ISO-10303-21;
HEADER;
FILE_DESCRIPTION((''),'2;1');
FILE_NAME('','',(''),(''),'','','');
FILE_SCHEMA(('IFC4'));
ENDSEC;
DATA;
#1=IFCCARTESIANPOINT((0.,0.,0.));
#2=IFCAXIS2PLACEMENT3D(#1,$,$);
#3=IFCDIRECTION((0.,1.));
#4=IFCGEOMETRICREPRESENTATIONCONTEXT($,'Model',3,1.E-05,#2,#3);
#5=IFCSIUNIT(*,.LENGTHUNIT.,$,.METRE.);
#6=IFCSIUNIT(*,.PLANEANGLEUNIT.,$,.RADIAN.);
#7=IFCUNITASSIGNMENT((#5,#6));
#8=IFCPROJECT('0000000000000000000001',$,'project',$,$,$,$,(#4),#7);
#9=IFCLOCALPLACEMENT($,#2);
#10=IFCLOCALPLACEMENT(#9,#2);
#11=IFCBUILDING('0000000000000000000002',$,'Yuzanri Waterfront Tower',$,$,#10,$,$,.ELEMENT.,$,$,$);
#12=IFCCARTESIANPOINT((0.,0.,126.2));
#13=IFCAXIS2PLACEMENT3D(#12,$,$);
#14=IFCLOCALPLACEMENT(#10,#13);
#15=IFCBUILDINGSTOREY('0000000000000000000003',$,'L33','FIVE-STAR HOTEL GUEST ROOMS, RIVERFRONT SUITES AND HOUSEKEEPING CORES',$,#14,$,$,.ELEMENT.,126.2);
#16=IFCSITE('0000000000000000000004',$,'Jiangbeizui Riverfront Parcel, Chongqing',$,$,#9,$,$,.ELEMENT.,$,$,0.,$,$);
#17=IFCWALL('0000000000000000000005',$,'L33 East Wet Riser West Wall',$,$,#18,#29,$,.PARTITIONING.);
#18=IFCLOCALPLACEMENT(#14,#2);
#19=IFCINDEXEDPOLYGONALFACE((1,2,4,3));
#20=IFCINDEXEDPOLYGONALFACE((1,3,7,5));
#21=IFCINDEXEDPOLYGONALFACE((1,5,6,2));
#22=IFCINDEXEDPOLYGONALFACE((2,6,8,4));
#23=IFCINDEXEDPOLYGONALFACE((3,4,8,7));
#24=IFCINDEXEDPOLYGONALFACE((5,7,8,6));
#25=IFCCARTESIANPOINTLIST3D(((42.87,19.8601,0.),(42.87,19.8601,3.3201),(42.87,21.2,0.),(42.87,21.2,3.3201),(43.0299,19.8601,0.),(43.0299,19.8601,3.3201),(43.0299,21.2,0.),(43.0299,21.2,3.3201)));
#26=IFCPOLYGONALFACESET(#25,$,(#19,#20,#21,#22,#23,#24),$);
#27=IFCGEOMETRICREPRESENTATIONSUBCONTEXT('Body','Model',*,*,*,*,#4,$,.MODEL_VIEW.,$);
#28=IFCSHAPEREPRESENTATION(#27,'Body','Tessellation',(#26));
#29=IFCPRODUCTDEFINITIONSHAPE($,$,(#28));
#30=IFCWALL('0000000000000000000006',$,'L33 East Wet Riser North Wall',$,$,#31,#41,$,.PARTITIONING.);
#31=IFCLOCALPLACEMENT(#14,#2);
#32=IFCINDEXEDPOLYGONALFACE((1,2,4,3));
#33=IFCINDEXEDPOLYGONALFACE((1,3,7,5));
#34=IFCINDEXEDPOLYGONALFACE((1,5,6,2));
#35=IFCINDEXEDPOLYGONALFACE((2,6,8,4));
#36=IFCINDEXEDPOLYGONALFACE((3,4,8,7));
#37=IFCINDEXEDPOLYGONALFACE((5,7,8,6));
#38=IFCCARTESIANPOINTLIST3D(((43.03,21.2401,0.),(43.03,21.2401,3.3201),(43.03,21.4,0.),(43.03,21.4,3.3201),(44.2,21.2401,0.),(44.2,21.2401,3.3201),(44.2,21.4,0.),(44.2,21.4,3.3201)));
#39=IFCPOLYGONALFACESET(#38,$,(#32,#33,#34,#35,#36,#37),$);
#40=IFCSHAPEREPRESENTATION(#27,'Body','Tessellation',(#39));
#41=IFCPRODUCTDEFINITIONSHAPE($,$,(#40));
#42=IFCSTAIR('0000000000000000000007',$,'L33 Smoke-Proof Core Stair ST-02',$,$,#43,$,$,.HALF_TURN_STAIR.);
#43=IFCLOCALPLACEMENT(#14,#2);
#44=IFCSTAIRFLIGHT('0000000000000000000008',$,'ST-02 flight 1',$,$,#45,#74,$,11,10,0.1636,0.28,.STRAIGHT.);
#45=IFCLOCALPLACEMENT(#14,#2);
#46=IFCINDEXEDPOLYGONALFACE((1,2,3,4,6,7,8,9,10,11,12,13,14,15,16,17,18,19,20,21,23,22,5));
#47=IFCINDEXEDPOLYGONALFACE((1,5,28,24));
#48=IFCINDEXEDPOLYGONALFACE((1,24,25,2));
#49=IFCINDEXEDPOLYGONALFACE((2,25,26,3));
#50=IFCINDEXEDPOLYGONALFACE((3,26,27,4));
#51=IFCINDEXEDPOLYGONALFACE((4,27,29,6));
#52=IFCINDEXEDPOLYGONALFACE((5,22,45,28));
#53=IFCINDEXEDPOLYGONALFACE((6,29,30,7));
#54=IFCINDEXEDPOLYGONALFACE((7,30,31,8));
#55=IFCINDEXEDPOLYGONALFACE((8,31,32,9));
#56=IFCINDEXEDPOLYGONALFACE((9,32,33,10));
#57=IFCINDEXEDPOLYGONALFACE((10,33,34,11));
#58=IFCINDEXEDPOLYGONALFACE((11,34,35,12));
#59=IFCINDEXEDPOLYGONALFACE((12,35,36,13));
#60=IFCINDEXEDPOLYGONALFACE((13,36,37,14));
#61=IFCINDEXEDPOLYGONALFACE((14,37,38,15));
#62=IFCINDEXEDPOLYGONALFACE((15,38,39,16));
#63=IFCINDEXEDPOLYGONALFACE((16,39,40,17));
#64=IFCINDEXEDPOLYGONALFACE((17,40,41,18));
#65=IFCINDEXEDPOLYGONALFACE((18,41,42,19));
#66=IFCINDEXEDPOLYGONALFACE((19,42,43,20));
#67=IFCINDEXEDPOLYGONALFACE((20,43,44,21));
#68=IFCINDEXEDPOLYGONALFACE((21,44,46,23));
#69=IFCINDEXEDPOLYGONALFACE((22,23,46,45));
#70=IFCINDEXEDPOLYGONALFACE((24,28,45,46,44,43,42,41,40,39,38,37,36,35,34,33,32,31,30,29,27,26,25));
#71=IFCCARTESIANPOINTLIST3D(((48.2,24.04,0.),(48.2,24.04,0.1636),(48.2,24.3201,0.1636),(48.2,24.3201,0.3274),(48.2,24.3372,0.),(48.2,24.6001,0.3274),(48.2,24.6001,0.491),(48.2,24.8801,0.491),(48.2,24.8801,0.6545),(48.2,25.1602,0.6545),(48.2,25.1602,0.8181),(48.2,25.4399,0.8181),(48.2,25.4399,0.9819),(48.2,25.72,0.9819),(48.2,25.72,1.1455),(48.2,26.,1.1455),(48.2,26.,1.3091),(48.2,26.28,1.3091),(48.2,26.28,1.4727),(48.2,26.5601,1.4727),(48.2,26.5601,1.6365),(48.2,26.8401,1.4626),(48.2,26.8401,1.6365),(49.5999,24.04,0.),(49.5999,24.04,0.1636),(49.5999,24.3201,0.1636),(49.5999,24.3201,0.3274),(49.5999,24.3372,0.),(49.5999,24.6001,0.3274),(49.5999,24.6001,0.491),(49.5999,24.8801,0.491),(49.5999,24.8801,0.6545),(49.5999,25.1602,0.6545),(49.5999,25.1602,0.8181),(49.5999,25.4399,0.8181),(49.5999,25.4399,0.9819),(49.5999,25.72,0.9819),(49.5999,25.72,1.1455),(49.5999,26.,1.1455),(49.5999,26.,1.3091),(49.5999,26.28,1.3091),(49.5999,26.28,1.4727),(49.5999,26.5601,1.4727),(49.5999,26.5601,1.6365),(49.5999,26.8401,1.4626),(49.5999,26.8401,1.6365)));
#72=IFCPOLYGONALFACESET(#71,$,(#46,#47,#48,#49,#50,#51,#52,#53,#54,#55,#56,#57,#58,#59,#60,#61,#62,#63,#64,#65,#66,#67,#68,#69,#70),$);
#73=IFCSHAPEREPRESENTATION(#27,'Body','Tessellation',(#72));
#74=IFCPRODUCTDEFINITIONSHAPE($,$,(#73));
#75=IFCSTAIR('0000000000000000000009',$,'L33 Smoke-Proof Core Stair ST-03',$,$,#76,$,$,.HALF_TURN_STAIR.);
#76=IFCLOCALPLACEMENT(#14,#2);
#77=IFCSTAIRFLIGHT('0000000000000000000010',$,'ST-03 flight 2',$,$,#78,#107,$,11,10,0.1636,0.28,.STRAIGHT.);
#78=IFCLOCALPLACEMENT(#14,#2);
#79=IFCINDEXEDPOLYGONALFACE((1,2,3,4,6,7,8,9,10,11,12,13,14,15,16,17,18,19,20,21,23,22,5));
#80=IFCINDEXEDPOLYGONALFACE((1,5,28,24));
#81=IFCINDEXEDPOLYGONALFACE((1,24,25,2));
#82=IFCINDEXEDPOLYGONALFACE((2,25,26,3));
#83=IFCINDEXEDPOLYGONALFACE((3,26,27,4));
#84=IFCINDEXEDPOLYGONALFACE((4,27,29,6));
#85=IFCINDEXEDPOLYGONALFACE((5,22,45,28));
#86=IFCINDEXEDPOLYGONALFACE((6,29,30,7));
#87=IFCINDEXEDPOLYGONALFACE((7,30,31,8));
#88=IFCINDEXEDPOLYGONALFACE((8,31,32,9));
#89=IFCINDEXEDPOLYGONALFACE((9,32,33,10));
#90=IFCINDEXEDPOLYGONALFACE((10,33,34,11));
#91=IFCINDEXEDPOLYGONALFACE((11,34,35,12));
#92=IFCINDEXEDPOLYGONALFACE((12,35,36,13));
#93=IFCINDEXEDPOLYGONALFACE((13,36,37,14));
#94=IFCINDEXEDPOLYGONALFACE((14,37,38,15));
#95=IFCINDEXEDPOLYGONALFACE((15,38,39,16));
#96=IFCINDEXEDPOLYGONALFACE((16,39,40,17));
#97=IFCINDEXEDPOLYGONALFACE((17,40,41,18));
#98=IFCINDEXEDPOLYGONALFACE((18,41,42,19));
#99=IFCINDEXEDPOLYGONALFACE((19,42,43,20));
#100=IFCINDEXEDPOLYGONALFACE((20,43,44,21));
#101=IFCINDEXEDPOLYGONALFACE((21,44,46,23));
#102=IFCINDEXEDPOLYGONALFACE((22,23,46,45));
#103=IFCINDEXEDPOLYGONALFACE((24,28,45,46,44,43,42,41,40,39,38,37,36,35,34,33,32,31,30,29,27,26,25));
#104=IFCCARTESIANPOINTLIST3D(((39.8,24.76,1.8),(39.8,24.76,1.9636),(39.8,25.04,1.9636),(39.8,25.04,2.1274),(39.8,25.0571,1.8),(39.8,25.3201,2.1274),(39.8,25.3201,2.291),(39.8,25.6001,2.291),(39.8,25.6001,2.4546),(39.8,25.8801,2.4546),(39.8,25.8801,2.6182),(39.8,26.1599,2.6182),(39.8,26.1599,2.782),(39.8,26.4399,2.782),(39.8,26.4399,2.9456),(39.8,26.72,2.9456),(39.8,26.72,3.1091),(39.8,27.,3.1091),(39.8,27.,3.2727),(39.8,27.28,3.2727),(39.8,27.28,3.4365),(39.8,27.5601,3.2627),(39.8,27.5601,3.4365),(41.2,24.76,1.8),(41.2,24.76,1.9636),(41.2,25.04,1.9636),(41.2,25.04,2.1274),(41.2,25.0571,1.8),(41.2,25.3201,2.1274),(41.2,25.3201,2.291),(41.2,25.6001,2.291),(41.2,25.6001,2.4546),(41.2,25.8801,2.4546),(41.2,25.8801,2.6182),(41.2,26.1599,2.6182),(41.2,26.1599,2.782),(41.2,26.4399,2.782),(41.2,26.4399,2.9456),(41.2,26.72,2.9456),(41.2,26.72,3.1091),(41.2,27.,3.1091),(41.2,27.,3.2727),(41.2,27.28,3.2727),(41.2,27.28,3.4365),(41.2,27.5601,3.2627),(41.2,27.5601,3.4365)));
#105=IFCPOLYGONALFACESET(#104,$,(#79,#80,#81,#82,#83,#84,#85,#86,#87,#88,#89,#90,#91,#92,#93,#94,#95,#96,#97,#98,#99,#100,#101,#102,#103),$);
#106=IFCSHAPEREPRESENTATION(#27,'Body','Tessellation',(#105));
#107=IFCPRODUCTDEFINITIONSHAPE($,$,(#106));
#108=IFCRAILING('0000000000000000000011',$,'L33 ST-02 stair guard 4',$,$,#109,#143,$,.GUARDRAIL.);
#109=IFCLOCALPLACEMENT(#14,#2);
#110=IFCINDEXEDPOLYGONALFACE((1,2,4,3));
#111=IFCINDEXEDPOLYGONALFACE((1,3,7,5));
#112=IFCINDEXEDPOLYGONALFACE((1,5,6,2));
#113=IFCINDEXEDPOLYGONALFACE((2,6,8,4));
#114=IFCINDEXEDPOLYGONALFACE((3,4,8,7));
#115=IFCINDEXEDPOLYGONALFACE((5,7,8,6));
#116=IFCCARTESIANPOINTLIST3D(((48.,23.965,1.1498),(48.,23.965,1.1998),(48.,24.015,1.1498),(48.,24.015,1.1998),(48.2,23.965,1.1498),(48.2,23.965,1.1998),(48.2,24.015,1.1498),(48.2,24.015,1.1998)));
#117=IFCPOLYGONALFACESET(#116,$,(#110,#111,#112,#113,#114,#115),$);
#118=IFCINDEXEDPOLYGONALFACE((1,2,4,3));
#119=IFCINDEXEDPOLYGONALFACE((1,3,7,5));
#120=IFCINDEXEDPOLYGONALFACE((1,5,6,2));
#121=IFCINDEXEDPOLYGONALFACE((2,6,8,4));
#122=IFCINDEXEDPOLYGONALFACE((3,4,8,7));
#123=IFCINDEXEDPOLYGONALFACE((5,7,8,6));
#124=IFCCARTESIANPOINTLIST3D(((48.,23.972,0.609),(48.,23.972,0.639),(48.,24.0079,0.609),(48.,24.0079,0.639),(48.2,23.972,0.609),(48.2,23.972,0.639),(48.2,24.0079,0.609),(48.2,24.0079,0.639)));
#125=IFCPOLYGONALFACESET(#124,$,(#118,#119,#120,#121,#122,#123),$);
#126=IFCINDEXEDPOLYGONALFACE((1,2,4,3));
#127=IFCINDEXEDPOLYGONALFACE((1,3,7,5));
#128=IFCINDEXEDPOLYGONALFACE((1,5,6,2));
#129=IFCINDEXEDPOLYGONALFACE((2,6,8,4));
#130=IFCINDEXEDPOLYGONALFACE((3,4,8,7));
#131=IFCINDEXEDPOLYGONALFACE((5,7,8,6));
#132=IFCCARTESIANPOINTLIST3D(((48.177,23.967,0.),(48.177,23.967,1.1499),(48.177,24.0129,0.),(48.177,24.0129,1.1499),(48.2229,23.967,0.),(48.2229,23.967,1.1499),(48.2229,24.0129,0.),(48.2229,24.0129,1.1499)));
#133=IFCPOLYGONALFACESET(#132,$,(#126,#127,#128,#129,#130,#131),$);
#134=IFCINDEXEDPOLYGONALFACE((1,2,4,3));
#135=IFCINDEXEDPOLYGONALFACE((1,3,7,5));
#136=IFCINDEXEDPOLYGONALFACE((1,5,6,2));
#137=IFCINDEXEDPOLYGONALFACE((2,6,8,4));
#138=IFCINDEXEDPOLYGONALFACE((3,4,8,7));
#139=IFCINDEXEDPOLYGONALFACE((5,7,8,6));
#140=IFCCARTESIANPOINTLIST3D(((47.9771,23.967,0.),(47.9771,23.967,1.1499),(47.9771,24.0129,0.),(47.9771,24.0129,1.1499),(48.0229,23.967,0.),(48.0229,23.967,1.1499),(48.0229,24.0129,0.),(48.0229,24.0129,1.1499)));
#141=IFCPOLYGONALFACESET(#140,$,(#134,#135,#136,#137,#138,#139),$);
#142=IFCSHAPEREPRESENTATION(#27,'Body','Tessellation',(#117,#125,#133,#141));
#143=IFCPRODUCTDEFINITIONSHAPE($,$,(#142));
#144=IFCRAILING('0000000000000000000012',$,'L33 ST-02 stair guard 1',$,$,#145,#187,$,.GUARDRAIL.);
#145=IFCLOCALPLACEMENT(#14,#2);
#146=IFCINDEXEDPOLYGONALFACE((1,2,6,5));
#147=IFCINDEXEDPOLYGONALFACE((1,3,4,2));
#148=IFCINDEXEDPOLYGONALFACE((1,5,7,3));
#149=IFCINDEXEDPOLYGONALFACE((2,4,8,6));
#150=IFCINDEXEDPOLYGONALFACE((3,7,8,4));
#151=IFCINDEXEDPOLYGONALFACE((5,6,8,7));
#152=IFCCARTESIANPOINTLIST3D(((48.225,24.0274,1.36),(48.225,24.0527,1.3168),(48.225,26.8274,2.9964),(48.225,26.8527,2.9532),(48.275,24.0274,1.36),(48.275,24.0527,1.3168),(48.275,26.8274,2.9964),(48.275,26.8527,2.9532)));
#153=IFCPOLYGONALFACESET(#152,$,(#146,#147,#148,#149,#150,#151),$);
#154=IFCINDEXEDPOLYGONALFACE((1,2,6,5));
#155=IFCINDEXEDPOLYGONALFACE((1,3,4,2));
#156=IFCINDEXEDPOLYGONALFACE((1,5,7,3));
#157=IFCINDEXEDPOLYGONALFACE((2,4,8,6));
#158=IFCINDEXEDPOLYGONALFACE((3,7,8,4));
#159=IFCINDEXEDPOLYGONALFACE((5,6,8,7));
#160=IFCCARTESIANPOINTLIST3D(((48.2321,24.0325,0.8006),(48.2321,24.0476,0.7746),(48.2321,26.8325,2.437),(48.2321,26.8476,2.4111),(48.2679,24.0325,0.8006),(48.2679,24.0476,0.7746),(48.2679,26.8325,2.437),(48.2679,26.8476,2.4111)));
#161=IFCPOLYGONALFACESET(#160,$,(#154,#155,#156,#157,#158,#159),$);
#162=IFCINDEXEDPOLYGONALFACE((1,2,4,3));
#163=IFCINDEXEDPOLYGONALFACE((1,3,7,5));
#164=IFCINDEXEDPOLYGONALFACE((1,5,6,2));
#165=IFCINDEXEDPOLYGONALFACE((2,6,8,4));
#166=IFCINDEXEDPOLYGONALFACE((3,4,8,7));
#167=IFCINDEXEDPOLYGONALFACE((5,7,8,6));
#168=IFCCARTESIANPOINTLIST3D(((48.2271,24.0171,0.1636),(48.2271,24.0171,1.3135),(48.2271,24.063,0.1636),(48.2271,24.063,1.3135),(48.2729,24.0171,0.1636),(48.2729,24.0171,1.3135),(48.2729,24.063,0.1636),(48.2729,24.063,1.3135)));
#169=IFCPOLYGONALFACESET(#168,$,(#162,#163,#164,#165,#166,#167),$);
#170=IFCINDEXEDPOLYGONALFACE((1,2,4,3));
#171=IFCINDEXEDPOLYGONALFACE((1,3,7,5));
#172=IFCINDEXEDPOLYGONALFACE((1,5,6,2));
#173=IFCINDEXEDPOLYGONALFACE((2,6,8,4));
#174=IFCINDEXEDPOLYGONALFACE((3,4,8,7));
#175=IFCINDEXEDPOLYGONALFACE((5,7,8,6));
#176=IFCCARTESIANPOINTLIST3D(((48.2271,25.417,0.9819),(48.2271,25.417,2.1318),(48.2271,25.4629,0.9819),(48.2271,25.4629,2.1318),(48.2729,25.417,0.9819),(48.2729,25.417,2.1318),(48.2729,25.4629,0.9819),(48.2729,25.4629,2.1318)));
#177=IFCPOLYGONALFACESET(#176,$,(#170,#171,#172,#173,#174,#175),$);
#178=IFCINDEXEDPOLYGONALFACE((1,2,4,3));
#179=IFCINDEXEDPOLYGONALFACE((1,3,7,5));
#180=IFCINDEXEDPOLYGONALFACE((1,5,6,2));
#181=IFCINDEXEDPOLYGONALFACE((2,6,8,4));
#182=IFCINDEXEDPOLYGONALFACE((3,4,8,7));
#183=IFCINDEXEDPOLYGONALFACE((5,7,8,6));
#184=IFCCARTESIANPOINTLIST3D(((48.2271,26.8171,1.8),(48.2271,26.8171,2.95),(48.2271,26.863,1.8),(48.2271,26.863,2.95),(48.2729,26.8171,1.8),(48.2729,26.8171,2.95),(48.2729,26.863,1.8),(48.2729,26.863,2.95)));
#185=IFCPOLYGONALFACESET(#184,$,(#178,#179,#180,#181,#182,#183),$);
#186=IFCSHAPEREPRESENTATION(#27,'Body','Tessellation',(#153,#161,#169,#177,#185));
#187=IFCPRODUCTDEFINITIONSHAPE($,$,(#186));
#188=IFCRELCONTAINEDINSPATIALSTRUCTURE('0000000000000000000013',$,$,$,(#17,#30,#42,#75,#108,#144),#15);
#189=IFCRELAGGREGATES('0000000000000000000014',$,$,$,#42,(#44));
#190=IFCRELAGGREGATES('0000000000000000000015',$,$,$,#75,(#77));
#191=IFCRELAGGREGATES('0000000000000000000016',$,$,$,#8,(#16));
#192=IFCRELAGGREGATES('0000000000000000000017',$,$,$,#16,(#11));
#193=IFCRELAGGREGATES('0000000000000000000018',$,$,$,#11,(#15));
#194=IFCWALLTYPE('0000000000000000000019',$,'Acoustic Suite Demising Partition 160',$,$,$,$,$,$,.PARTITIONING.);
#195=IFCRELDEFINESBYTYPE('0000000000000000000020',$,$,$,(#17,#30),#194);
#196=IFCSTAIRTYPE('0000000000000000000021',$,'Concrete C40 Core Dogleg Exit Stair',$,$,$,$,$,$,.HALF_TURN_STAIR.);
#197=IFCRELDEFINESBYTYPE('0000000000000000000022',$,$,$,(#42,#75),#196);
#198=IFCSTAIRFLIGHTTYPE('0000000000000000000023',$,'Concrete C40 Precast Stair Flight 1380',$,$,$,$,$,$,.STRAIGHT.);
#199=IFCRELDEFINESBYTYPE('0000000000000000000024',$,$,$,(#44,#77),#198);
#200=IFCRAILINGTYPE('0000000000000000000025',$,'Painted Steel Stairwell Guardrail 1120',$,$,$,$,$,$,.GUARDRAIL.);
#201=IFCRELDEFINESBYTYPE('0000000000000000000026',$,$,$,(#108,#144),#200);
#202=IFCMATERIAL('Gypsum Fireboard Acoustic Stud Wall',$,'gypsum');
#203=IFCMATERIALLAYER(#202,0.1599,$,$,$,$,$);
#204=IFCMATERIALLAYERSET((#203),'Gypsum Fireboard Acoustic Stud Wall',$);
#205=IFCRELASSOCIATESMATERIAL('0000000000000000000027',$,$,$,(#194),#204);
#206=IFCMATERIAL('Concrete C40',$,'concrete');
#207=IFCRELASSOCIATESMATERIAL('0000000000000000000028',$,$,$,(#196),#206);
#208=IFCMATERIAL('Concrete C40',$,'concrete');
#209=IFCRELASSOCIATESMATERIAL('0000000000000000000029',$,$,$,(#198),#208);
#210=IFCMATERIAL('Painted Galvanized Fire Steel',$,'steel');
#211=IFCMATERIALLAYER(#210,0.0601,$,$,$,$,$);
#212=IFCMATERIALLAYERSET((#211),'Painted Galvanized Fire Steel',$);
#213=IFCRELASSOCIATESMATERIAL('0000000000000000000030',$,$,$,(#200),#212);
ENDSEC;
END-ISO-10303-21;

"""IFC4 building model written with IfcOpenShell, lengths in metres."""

from ifc_helpers import new_model, si_unit, direction, frame, frame_2d, origin, origin_2d, place, context, subcontext, project, spatial, polyline, rectangle, outline, extrude, source, transform, mapped, material, layer, layer_set, type_object, element, aggregate, save


model = new_model("IFC4")

# Units and contexts
model_context = context("Model", 3, precision=1e-05, world=origin(), true_north=direction((0.0, 1.0)))
body_context = subcontext(model_context, "Body", "Model", "MODEL_VIEW")
ifc_project = project(units=[si_unit("LENGTHUNIT", "METRE"), si_unit("PLANEANGLEUNIT", "RADIAN")], contexts=[model_context])

# Site, building, storey
site_placement = place(None, origin())
site = spatial("IfcSite", under=ifc_project, at=site_placement, Name="Jiangbeizui Riverfront Parcel, Chongqing", CompositionType="ELEMENT", RefElevation=0.0)
building_placement = place(site_placement, origin())
building = spatial("IfcBuilding", under=site, at=building_placement, Name="Yuzanri Waterfront Tower", CompositionType="ELEMENT")
storey_placement = place(building_placement, frame((0.0, 0.0, 126.2)))
storey = spatial("IfcBuildingStorey", under=building, at=storey_placement, Name="L33", Description="FIVE-STAR HOTEL GUEST ROOMS, RIVERFRONT SUITES AND HOUSEKEEPING CORES", CompositionType="ELEMENT", Elevation=126.2)

# Walls
ifc_material_1 = material(Name="Gypsum Fireboard Acoustic Stud Wall", Category="gypsum")
ifc_layer_1 = layer(ifc_material_1, 0.1599)
ifc_layer_set_1 = layer_set([ifc_layer_1], Name="Gypsum Fireboard Acoustic Stud Wall")
wall_type_1 = type_object("IfcWallType", Name="Acoustic Suite Demising Partition 160", PredefinedType="PARTITIONING", material=ifc_layer_set_1)
shared_shape_1 = source(origin(), body_context, "Body", "SweptSolid", [
    extrude(rectangle(XDim=1.3398, YDim=0.1599, at=frame_2d((0.6699, 0.0))), origin(), (0.0, 0.0, 1.0), 3.3201),
])
wall_1_placement = place(storey_placement, frame((42.95, 19.8601, 0.0), z_axis=(0.0, 0.0, 1.0), x_axis=(0.0, 1.0, 0.0)))
element("IfcWall", 1, at=wall_1_placement, inside=storey, type_object=wall_type_1, Name="L33 East Wet Riser West Wall", PredefinedType="PARTITIONING", context=body_context, shape_type="MappedRepresentation", body=[
    mapped(shared_shape_1, transform((0.0, 0.0, 0.0), scale=1.0)),
])
shared_shape_2 = source(origin(), body_context, "Body", "SweptSolid", [
    extrude(rectangle(XDim=1.1699, YDim=0.1599, at=frame_2d((0.585, 0.0))), origin(), (0.0, 0.0, 1.0), 3.3201),
])
wall_2_placement = place(storey_placement, frame((43.03, 21.3201, 0.0), z_axis=(0.0, 0.0, 1.0), x_axis=(1.0, 0.0, 0.0)))
element("IfcWall", 2, at=wall_2_placement, inside=storey, type_object=wall_type_1, Name="L33 East Wet Riser North Wall", PredefinedType="PARTITIONING", context=body_context, shape_type="MappedRepresentation", body=[
    mapped(shared_shape_2, transform((0.0, 0.0, 0.0), scale=1.0)),
])

# Stairs, stair flights
ifc_material_2 = material(Name="Concrete C40", Category="concrete")
stair_type = type_object("IfcStairType", Name="Concrete C40 Core Dogleg Exit Stair", PredefinedType="HALF_TURN_STAIR", material=ifc_material_2)
stair_1_placement = place(storey_placement, origin())
stair_1 = element("IfcStair", 3, at=stair_1_placement, inside=storey, type_object=stair_type, Name="L33 Smoke-Proof Core Stair ST-02", PredefinedType="HALF_TURN_STAIR")
ifc_material_3 = material(Name="Concrete C40", Category="concrete")
stair_flight_type = type_object("IfcStairFlightType", Name="Concrete C40 Precast Stair Flight 1380", PredefinedType="STRAIGHT", material=ifc_material_3)
shared_shape_3 = source(origin(), body_context, "Body", "SweptSolid", [
    extrude(outline(polyline([(0.0, 0.0), (0.0, 0.1636), (0.28, 0.1636), (0.28, 0.3274), (0.5601, 0.3274), (0.5601, 0.491), (0.8401, 0.491), (0.8401, 0.6545), (1.1201, 0.6545), (1.1201, 0.8181), (1.3999, 0.8181), (1.3999, 0.9819), (1.6799, 0.9819), (1.6799, 1.1455), (1.96, 1.1455), (1.96, 1.3091), (2.24, 1.3091), (2.24, 1.4727), (2.52, 1.4727), (2.52, 1.6365), (2.8, 1.6365), (2.8, 1.8), (2.8, 1.4626), (0.2971, 0.0), (0.0, 0.0)])), frame((0.0, 0.7, 0.0), z_axis=(0.0, -1.0, 0.0), x_axis=(1.0, 0.0, 0.0)), (0.0, 0.0, 1.0), 1.3999),
])
stair_flight_1_placement = place(storey_placement, frame((48.8999, 24.04, 0.0), z_axis=(0.0, 0.0, 1.0), x_axis=(0.0, 1.0, 0.0)))
stair_flight_1 = element("IfcStairFlight", 4, at=stair_flight_1_placement, type_object=stair_flight_type, Name="ST-02 flight 1", NumberOfRisers=11, NumberOfTreads=10, PredefinedType="STRAIGHT", RiserHeight=0.1636, TreadLength=0.28, context=body_context, shape_type="MappedRepresentation", body=[
    mapped(shared_shape_3, transform((0.0, 0.0, 0.0), scale=1.0)),
])
aggregate(stair_1, [stair_flight_1])
stair_2_placement = place(storey_placement, origin())
stair_2 = element("IfcStair", 5, at=stair_2_placement, inside=storey, type_object=stair_type, Name="L33 Smoke-Proof Core Stair ST-03", PredefinedType="HALF_TURN_STAIR")
stair_flight_2_placement = place(storey_placement, frame((40.5, 24.76, 1.8), z_axis=(0.0, 0.0, 1.0), x_axis=(0.0, 1.0, 0.0)))
stair_flight_2 = element("IfcStairFlight", 6, at=stair_flight_2_placement, type_object=stair_flight_type, Name="ST-03 flight 2", NumberOfRisers=11, NumberOfTreads=10, PredefinedType="STRAIGHT", RiserHeight=0.1636, TreadLength=0.28, context=body_context, shape_type="MappedRepresentation", body=[
    mapped(shared_shape_3, transform((0.0, 0.0, 0.0), scale=1.0)),
])
aggregate(stair_2, [stair_flight_2])

# Railings
ifc_material_4 = material(Name="Painted Galvanized Fire Steel", Category="steel")
ifc_layer_2 = layer(ifc_material_4, 0.0601)
ifc_layer_set_2 = layer_set([ifc_layer_2], Name="Painted Galvanized Fire Steel")
railing_type_1 = type_object("IfcRailingType", Name="Painted Steel Stairwell Guardrail 1120", PredefinedType="GUARDRAIL", material=ifc_layer_set_2)
shared_shape_4 = source(origin(), body_context, "Body", "SweptSolid", [
    extrude(rectangle(XDim=0.05, YDim=0.05, at=origin_2d()), frame((0.0, 0.0, 1.1748), z_axis=(-1.0, 0.0, 0.0), x_axis=(0.0, -1.0, 0.0)), (0.0, 0.0, 1.0), 0.2),
    extrude(rectangle(XDim=0.0359, YDim=0.03, at=origin_2d()), frame((0.0, 0.0, 0.624), z_axis=(-1.0, 0.0, 0.0), x_axis=(0.0, -1.0, 0.0)), (0.0, 0.0, 1.0), 0.2),
    extrude(rectangle(XDim=0.0459, YDim=0.0459, at=origin_2d()), origin(), (0.0, 0.0, 1.0), 1.1499),
    extrude(rectangle(XDim=0.0459, YDim=0.0459, at=origin_2d()), frame((-0.2, 0.0, 0.0)), (0.0, 0.0, 1.0), 1.1499),
])
railing_1_placement = place(storey_placement, frame((48.2, 23.99, 0.0)))
element("IfcRailing", 7, at=railing_1_placement, inside=storey, type_object=railing_type_1, Name="L33 ST-02 stair guard 4", PredefinedType="GUARDRAIL", context=body_context, shape_type="MappedRepresentation", body=[
    mapped(shared_shape_4, transform((0.0, 0.0, 0.0), scale=1.0)),
])
shared_shape_5 = source(origin(), body_context, "Body", "SweptSolid", [
    extrude(rectangle(XDim=0.05, YDim=0.05, at=origin_2d()), frame((0.0, 0.0, 1.1748), z_axis=(0.0, 0.863361, 0.504587), x_axis=(-1.0, 0.0, 0.0)), (0.0, 0.0, 1.0), 3.2432),
    extrude(rectangle(XDim=0.0359, YDim=0.03, at=origin_2d()), frame((0.0, 0.0, 0.624), z_axis=(0.0, 0.863361, 0.504587), x_axis=(-1.0, 0.0, 0.0)), (0.0, 0.0, 1.0), 3.2432),
    extrude(rectangle(XDim=0.0459, YDim=0.0459, at=origin_2d()), origin(), (0.0, 0.0, 1.0), 1.1499),
    extrude(rectangle(XDim=0.0459, YDim=0.0459, at=origin_2d()), frame((0.0, 1.3999, 0.8184)), (0.0, 0.0, 1.0), 1.1499),
    extrude(rectangle(XDim=0.0459, YDim=0.0459, at=origin_2d()), frame((0.0, 2.8, 1.6365)), (0.0, 0.0, 1.0), 1.1499),
])
for number, where, name in (
    (8, (48.25, 24.04, 0.1636), "L33 ST-02 stair guard 1"),
):
    element("IfcRailing", number, at=place(storey_placement, frame(where)), inside=storey, type_object=railing_type_1, Name=name, PredefinedType="GUARDRAIL", context=body_context, shape_type="MappedRepresentation", body=[
        mapped(shared_shape_5, transform((0.0, 0.0, 0.0), scale=1.0)),
    ])

save(model, "model.ifc")
